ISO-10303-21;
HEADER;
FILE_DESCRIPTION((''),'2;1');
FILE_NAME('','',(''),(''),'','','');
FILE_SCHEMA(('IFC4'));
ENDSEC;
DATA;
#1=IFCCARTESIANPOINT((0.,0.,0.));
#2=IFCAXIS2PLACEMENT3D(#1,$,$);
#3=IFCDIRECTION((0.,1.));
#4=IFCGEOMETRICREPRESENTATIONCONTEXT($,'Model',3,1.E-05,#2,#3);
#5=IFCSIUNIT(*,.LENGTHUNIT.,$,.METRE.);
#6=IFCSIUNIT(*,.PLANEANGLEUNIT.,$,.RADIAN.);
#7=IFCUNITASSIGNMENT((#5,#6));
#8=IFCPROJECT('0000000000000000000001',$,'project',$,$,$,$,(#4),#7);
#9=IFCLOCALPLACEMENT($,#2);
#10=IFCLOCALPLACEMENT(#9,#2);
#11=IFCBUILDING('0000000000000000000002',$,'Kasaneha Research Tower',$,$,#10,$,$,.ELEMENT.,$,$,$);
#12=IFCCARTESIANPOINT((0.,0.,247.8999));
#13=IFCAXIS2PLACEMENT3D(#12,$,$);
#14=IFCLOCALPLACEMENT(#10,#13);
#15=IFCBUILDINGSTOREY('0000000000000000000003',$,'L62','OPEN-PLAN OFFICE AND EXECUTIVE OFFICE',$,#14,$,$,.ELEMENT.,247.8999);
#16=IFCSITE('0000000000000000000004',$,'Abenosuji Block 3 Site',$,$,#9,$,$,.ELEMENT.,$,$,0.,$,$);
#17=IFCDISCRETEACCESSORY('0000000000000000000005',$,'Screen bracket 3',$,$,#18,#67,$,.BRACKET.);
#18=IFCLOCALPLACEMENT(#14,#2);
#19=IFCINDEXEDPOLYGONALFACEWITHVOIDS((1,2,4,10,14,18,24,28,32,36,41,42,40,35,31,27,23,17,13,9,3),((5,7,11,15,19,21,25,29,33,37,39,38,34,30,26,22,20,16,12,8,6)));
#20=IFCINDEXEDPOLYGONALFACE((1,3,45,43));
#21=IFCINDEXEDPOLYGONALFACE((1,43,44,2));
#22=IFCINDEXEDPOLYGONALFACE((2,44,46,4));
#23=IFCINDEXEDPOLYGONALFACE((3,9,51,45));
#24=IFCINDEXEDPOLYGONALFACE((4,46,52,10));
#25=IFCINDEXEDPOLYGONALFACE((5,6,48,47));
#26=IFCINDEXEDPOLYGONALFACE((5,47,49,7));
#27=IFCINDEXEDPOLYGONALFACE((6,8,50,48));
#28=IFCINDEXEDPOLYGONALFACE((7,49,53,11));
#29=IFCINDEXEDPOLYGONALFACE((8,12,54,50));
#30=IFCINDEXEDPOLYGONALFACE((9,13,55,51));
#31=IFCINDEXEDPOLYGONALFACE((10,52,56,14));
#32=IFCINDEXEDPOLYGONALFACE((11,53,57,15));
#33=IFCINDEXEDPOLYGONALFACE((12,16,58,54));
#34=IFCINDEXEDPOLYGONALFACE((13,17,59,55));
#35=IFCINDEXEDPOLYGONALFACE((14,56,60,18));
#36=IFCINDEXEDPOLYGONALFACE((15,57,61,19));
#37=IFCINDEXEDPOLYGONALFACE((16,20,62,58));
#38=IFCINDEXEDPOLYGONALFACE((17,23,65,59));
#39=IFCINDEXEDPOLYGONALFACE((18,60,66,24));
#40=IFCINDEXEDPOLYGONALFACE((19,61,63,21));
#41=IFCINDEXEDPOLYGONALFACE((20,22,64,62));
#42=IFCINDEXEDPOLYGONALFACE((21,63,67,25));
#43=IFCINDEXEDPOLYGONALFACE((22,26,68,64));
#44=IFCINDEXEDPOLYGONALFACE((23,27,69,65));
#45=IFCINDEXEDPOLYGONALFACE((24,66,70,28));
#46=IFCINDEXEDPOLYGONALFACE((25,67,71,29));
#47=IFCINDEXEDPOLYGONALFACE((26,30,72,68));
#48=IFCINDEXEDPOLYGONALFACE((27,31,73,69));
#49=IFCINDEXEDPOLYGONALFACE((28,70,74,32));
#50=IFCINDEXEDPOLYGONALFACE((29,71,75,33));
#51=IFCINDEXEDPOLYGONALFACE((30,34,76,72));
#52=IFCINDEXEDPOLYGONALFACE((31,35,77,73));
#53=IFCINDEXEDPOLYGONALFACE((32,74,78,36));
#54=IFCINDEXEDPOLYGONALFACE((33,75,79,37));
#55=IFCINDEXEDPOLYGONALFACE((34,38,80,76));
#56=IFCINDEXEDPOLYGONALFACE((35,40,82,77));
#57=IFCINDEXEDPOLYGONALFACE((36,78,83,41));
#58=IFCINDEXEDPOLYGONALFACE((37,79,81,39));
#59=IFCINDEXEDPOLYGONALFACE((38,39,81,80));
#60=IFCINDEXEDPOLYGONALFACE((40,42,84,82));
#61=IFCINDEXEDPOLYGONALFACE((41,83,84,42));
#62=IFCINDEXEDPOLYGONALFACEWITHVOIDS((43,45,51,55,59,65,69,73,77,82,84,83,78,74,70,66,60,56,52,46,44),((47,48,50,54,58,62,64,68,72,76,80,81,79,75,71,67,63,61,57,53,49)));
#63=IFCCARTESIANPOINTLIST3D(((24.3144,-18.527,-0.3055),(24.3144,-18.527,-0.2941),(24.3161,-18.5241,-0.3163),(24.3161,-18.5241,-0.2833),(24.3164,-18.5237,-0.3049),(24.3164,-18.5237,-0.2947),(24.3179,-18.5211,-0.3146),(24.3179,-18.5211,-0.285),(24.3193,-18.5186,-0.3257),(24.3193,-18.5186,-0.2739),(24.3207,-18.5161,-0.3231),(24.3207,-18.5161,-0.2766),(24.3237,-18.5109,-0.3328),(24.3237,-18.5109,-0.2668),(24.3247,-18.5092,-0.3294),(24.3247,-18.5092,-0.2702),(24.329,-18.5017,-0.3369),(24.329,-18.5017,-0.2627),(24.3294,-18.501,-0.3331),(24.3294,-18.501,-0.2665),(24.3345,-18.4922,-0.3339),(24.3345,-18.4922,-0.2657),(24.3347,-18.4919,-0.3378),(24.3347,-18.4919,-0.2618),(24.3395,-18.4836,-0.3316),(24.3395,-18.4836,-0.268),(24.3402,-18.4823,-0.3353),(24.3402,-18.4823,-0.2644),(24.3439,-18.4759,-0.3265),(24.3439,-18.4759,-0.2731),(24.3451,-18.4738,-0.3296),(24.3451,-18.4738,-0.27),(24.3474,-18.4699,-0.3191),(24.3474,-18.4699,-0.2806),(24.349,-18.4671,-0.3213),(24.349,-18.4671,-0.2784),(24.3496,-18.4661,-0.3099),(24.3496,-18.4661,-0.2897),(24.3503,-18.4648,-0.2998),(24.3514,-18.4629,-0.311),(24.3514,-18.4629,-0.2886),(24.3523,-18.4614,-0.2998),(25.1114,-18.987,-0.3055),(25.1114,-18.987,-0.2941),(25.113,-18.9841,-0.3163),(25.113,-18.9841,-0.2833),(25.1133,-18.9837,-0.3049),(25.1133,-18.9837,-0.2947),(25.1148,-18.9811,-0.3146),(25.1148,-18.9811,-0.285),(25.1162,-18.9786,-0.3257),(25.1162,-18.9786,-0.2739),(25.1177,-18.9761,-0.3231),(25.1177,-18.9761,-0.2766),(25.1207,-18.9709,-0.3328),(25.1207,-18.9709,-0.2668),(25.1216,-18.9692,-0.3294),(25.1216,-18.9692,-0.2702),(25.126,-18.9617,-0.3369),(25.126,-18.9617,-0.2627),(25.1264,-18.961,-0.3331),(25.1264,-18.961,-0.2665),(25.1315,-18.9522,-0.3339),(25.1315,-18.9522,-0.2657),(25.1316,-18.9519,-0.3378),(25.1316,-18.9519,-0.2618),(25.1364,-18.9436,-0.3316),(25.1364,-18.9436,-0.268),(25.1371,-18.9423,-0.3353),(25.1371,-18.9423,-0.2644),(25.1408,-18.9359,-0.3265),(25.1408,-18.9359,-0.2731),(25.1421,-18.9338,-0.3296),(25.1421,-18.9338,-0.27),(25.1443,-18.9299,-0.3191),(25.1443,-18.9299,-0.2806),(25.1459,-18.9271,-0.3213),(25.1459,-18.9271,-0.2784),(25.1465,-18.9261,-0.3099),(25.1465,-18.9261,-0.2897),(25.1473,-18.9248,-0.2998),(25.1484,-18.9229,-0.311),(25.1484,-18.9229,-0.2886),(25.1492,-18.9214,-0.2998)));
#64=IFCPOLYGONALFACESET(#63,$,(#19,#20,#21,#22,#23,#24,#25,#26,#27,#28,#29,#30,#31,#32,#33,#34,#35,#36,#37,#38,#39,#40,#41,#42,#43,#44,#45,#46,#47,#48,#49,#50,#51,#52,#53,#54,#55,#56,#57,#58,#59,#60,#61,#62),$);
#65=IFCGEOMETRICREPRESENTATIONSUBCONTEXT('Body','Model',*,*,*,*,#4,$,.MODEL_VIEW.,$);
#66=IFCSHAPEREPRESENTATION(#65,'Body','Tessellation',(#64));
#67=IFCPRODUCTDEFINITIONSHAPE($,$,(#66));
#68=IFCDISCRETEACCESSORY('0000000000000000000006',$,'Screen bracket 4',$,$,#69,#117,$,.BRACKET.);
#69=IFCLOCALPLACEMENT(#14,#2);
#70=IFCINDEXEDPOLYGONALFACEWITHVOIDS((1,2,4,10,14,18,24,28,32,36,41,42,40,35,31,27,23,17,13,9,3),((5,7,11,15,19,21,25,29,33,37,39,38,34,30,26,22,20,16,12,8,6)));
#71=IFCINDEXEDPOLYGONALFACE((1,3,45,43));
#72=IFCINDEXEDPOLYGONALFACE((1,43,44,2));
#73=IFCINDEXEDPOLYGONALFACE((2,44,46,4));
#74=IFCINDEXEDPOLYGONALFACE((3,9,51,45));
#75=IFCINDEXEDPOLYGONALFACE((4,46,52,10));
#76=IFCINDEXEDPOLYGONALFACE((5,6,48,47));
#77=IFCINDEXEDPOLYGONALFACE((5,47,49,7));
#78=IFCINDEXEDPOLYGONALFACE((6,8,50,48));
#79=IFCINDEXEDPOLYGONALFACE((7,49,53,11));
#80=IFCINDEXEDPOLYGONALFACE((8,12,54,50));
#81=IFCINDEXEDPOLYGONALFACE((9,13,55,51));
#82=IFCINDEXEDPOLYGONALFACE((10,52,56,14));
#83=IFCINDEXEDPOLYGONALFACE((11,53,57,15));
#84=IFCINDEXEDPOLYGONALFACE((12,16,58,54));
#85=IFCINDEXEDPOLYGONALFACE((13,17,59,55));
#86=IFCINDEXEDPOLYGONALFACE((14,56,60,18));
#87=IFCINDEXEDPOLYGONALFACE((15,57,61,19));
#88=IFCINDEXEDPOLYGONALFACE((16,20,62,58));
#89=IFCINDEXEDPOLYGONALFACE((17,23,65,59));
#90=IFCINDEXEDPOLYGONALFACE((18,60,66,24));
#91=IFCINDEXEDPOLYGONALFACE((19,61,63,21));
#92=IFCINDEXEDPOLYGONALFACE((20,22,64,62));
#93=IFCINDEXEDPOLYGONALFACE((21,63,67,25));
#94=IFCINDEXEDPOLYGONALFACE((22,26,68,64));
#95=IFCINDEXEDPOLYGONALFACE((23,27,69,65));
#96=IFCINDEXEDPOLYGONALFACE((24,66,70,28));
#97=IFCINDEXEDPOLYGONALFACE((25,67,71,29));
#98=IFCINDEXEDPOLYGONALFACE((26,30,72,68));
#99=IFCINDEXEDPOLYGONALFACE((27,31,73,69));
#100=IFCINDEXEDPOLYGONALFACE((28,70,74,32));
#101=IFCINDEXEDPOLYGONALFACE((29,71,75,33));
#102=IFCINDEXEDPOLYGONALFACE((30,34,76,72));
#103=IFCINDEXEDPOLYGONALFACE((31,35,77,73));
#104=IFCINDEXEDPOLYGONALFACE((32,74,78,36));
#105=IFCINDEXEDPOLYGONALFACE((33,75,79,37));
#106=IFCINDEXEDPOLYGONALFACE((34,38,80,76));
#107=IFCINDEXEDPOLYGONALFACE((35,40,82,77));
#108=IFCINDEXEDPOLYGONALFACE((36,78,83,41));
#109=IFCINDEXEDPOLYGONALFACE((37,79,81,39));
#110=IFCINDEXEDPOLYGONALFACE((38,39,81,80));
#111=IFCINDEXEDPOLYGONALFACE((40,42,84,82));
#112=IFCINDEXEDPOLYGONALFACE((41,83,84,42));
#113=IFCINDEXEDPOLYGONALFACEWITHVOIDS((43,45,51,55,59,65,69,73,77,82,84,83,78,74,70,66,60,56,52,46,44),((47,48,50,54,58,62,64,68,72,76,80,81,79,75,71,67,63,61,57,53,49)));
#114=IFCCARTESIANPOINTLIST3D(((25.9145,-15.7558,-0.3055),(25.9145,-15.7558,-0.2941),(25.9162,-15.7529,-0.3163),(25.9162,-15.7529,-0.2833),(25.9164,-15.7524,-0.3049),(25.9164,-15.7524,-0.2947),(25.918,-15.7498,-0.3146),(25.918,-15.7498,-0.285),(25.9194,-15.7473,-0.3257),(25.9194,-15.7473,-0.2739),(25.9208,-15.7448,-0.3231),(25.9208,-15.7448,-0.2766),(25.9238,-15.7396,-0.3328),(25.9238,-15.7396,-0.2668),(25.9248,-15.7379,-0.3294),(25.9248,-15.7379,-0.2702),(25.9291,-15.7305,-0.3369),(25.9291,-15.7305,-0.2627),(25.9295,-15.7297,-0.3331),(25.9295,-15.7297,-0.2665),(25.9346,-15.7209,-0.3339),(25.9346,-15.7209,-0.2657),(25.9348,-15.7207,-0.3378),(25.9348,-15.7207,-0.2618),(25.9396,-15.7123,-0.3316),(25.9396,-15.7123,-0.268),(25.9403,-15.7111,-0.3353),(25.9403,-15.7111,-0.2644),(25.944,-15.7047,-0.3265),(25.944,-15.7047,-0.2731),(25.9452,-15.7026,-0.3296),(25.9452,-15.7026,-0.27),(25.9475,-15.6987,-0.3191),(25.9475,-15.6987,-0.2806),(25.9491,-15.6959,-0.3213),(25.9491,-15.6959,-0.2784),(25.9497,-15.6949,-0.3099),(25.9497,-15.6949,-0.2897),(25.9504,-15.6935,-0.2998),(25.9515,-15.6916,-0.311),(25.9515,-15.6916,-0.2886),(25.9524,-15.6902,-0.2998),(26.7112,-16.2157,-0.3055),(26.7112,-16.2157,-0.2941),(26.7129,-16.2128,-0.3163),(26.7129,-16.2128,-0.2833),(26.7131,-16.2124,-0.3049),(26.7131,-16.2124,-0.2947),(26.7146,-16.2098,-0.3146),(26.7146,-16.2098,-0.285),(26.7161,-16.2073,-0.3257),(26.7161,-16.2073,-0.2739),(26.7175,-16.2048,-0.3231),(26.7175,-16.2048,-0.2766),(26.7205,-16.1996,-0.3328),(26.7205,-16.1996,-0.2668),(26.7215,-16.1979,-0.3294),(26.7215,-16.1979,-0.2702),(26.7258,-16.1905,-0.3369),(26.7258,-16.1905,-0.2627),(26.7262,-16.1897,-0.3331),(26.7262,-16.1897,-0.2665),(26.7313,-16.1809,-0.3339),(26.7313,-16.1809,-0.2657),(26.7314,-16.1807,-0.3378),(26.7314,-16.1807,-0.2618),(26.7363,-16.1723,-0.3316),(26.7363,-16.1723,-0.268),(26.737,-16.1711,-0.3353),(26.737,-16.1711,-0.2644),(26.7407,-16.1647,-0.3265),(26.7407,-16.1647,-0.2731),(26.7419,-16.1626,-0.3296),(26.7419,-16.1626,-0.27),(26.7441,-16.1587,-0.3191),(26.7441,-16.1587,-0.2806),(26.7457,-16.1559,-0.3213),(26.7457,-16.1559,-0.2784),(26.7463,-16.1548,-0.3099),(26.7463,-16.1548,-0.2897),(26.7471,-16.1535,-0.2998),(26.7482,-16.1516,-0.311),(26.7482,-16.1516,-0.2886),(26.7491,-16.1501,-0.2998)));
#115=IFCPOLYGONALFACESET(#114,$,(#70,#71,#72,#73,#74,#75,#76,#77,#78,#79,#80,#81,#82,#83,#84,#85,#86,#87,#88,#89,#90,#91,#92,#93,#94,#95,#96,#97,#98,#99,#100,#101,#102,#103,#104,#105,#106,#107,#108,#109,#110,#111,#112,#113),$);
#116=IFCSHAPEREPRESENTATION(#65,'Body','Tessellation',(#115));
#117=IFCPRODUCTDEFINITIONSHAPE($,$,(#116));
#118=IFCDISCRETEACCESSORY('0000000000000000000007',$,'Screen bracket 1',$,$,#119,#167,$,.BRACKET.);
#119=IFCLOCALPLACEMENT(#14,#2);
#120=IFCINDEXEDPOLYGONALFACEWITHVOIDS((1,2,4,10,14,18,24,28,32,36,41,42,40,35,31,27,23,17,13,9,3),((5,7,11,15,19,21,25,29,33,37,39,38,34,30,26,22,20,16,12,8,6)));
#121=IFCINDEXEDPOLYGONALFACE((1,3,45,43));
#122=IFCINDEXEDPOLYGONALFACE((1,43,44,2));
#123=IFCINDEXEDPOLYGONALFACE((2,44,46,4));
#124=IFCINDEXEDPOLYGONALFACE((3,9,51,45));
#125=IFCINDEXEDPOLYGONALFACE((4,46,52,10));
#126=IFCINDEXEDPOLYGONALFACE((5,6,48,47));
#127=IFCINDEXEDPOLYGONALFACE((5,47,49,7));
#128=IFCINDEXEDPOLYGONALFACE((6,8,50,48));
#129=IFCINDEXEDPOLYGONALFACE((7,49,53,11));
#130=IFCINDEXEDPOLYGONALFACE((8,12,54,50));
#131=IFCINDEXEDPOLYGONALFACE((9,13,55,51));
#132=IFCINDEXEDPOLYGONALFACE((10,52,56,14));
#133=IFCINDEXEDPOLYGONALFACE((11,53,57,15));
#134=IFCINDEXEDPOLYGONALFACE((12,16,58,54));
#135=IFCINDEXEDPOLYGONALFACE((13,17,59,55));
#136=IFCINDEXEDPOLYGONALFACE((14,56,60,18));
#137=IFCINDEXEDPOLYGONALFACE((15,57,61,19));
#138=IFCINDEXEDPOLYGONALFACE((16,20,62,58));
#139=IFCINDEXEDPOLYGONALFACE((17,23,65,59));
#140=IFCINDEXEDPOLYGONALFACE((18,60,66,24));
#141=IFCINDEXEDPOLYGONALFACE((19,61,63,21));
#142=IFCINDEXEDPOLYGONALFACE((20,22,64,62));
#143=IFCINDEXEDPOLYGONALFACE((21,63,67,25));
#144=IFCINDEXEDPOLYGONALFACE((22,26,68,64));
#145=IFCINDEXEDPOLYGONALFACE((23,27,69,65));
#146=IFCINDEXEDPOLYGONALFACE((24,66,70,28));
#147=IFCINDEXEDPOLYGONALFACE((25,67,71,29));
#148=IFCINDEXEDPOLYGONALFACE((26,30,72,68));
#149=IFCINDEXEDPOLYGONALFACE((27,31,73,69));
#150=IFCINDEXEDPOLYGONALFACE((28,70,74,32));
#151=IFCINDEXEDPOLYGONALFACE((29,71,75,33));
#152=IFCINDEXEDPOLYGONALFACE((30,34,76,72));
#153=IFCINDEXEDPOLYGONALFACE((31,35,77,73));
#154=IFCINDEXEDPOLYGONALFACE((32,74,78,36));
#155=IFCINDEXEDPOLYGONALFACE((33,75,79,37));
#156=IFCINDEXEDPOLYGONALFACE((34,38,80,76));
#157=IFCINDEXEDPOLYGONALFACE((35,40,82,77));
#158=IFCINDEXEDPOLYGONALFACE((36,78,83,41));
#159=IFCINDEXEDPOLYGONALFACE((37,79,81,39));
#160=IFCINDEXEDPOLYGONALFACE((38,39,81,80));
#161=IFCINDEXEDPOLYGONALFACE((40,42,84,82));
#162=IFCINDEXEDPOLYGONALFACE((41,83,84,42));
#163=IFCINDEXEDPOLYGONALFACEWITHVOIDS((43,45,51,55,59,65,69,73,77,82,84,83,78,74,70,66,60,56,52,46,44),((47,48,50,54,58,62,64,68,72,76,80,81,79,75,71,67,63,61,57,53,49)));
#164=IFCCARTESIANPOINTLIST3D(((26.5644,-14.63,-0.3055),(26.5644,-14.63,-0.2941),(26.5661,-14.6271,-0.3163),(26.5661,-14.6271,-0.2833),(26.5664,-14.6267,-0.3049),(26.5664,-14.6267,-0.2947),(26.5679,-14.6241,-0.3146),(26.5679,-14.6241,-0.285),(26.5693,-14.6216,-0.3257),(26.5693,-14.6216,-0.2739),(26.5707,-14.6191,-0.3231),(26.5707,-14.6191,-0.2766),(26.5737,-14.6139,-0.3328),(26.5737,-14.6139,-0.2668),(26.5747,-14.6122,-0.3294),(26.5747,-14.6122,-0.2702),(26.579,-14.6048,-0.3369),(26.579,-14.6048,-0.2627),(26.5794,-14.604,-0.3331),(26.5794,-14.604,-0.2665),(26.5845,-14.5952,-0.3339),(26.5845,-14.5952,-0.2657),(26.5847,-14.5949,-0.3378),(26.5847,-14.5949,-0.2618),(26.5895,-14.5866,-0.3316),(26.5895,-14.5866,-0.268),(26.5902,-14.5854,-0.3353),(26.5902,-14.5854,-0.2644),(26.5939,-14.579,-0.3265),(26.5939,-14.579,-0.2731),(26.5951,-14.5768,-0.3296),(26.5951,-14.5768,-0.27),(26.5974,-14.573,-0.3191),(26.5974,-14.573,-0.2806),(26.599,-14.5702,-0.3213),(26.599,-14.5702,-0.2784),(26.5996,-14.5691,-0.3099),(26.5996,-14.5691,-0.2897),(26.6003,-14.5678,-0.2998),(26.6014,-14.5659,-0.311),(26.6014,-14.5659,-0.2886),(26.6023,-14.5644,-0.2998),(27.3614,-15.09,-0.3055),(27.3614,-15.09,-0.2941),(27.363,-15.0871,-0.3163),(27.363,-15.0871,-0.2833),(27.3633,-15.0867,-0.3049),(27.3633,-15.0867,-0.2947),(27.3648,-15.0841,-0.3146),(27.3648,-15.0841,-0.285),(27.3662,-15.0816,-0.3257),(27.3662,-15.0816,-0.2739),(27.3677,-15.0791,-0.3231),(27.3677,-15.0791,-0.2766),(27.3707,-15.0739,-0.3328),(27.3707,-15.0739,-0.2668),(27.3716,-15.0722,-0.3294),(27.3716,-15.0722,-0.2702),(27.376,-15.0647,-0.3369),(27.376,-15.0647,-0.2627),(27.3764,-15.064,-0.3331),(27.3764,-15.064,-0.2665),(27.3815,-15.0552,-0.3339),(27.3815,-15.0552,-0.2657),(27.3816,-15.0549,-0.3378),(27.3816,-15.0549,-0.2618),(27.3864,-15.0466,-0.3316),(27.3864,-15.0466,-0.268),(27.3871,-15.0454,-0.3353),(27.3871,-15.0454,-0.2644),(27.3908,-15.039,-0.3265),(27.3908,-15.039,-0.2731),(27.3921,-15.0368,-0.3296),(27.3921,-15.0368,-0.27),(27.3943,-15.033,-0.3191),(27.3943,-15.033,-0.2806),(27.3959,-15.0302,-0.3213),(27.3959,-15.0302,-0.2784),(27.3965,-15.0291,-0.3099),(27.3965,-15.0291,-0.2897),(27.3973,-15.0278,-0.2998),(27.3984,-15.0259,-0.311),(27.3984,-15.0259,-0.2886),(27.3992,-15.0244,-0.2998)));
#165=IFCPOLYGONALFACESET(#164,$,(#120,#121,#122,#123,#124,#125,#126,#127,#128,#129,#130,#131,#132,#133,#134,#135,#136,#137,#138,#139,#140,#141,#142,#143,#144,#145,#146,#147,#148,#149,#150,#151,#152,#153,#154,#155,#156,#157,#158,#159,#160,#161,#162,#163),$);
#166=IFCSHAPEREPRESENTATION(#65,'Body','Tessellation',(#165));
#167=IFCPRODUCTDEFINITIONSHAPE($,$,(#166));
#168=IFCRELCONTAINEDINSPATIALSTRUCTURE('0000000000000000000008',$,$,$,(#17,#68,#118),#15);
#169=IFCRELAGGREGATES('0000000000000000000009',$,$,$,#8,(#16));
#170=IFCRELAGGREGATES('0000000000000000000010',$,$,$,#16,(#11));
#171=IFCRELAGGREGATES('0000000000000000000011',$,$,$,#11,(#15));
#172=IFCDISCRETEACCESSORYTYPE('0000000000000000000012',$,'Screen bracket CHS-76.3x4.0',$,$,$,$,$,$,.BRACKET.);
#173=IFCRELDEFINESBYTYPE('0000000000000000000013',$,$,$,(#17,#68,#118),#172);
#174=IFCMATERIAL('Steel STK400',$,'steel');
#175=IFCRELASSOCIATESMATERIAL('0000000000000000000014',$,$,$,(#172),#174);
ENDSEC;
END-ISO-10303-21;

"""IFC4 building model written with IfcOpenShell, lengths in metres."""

from ifc_helpers import new_model, si_unit, direction, frame, origin, origin_2d, place, context, subcontext, project, spatial, hollow_circle, extrude, material, material_profile, profile_set, type_object, element, save


model = new_model("IFC4")

# Units and contexts
model_context = context("Model", 3, precision=1e-05, world=origin(), true_north=direction((0.0, 1.0)))
body_context = subcontext(model_context, "Body", "Model", "MODEL_VIEW")
ifc_project = project(units=[si_unit("LENGTHUNIT", "METRE"), si_unit("PLANEANGLEUNIT", "RADIAN")], contexts=[model_context])

# Site, building, storey
site_placement = place(None, origin())
site = spatial("IfcSite", under=ifc_project, at=site_placement, Name="Abenosuji Block 3 Site", CompositionType="ELEMENT", RefElevation=0.0)
building_placement = place(site_placement, origin())
building = spatial("IfcBuilding", under=site, at=building_placement, Name="Kasaneha Research Tower", CompositionType="ELEMENT")
storey_placement = place(building_placement, frame((0.0, 0.0, 247.8999)))
storey = spatial("IfcBuildingStorey", under=building, at=storey_placement, Name="L62", Description="OPEN-PLAN OFFICE AND EXECUTIVE OFFICE", CompositionType="ELEMENT", Elevation=247.8999)

# Discrete accessories
ifc_material_1 = material(Name="Steel STK400", Category="steel")
ifc_material_profile_1 = material_profile(ifc_material_1, hollow_circle(Radius=0.0381, WallThickness=0.0039, at=origin_2d()), Name="CHS-76.3x4.0")
ifc_profile_set_1 = profile_set([ifc_material_profile_1], Name="Steel STK400")
discrete_accessory_type = type_object("IfcDiscreteAccessoryType", Name="Screen bracket CHS-76.3x4.0", PredefinedType="BRACKET", material=ifc_profile_set_1)
discrete_accessory_1_placement = place(storey_placement, frame((24.3333, -18.4944, -0.2998), z_axis=(0.86608, -0.499906, 0.0), x_axis=(0.499906, 0.86608, 0.0)))
element("IfcDiscreteAccessory", 1, at=discrete_accessory_1_placement, inside=storey, type_object=discrete_accessory_type, Name="Screen bracket 3", PredefinedType="BRACKET", context=body_context, shape_type="SweptSolid", body=[
    extrude(hollow_circle(Radius=0.0381, WallThickness=0.0039, at=origin_2d()), origin(), (0.0, 0.0, 1.0), 0.9202),
])
discrete_accessory_2_placement = place(storey_placement, frame((25.9333, -15.7231, -0.2998), z_axis=(0.866013, -0.500021, 0.0), x_axis=(0.500021, 0.866013, 0.0)))
element("IfcDiscreteAccessory", 2, at=discrete_accessory_2_placement, inside=storey, type_object=discrete_accessory_type, Name="Screen bracket 4", PredefinedType="BRACKET", context=body_context, shape_type="SweptSolid", body=[
    extrude(hollow_circle(Radius=0.0381, WallThickness=0.0039, at=origin_2d()), origin(), (0.0, 0.0, 1.0), 0.9199),
])
discrete_accessory_3_placement = place(storey_placement, frame((26.5833, -14.5974, -0.2998), z_axis=(0.86608, -0.499906, 0.0), x_axis=(0.499906, 0.86608, 0.0)))
element("IfcDiscreteAccessory", 3, at=discrete_accessory_3_placement, inside=storey, type_object=discrete_accessory_type, Name="Screen bracket 1", PredefinedType="BRACKET", context=body_context, shape_type="SweptSolid", body=[
    extrude(hollow_circle(Radius=0.0381, WallThickness=0.0039, at=origin_2d()), origin(), (0.0, 0.0, 1.0), 0.9202),
])

save(model, "model.ifc")
